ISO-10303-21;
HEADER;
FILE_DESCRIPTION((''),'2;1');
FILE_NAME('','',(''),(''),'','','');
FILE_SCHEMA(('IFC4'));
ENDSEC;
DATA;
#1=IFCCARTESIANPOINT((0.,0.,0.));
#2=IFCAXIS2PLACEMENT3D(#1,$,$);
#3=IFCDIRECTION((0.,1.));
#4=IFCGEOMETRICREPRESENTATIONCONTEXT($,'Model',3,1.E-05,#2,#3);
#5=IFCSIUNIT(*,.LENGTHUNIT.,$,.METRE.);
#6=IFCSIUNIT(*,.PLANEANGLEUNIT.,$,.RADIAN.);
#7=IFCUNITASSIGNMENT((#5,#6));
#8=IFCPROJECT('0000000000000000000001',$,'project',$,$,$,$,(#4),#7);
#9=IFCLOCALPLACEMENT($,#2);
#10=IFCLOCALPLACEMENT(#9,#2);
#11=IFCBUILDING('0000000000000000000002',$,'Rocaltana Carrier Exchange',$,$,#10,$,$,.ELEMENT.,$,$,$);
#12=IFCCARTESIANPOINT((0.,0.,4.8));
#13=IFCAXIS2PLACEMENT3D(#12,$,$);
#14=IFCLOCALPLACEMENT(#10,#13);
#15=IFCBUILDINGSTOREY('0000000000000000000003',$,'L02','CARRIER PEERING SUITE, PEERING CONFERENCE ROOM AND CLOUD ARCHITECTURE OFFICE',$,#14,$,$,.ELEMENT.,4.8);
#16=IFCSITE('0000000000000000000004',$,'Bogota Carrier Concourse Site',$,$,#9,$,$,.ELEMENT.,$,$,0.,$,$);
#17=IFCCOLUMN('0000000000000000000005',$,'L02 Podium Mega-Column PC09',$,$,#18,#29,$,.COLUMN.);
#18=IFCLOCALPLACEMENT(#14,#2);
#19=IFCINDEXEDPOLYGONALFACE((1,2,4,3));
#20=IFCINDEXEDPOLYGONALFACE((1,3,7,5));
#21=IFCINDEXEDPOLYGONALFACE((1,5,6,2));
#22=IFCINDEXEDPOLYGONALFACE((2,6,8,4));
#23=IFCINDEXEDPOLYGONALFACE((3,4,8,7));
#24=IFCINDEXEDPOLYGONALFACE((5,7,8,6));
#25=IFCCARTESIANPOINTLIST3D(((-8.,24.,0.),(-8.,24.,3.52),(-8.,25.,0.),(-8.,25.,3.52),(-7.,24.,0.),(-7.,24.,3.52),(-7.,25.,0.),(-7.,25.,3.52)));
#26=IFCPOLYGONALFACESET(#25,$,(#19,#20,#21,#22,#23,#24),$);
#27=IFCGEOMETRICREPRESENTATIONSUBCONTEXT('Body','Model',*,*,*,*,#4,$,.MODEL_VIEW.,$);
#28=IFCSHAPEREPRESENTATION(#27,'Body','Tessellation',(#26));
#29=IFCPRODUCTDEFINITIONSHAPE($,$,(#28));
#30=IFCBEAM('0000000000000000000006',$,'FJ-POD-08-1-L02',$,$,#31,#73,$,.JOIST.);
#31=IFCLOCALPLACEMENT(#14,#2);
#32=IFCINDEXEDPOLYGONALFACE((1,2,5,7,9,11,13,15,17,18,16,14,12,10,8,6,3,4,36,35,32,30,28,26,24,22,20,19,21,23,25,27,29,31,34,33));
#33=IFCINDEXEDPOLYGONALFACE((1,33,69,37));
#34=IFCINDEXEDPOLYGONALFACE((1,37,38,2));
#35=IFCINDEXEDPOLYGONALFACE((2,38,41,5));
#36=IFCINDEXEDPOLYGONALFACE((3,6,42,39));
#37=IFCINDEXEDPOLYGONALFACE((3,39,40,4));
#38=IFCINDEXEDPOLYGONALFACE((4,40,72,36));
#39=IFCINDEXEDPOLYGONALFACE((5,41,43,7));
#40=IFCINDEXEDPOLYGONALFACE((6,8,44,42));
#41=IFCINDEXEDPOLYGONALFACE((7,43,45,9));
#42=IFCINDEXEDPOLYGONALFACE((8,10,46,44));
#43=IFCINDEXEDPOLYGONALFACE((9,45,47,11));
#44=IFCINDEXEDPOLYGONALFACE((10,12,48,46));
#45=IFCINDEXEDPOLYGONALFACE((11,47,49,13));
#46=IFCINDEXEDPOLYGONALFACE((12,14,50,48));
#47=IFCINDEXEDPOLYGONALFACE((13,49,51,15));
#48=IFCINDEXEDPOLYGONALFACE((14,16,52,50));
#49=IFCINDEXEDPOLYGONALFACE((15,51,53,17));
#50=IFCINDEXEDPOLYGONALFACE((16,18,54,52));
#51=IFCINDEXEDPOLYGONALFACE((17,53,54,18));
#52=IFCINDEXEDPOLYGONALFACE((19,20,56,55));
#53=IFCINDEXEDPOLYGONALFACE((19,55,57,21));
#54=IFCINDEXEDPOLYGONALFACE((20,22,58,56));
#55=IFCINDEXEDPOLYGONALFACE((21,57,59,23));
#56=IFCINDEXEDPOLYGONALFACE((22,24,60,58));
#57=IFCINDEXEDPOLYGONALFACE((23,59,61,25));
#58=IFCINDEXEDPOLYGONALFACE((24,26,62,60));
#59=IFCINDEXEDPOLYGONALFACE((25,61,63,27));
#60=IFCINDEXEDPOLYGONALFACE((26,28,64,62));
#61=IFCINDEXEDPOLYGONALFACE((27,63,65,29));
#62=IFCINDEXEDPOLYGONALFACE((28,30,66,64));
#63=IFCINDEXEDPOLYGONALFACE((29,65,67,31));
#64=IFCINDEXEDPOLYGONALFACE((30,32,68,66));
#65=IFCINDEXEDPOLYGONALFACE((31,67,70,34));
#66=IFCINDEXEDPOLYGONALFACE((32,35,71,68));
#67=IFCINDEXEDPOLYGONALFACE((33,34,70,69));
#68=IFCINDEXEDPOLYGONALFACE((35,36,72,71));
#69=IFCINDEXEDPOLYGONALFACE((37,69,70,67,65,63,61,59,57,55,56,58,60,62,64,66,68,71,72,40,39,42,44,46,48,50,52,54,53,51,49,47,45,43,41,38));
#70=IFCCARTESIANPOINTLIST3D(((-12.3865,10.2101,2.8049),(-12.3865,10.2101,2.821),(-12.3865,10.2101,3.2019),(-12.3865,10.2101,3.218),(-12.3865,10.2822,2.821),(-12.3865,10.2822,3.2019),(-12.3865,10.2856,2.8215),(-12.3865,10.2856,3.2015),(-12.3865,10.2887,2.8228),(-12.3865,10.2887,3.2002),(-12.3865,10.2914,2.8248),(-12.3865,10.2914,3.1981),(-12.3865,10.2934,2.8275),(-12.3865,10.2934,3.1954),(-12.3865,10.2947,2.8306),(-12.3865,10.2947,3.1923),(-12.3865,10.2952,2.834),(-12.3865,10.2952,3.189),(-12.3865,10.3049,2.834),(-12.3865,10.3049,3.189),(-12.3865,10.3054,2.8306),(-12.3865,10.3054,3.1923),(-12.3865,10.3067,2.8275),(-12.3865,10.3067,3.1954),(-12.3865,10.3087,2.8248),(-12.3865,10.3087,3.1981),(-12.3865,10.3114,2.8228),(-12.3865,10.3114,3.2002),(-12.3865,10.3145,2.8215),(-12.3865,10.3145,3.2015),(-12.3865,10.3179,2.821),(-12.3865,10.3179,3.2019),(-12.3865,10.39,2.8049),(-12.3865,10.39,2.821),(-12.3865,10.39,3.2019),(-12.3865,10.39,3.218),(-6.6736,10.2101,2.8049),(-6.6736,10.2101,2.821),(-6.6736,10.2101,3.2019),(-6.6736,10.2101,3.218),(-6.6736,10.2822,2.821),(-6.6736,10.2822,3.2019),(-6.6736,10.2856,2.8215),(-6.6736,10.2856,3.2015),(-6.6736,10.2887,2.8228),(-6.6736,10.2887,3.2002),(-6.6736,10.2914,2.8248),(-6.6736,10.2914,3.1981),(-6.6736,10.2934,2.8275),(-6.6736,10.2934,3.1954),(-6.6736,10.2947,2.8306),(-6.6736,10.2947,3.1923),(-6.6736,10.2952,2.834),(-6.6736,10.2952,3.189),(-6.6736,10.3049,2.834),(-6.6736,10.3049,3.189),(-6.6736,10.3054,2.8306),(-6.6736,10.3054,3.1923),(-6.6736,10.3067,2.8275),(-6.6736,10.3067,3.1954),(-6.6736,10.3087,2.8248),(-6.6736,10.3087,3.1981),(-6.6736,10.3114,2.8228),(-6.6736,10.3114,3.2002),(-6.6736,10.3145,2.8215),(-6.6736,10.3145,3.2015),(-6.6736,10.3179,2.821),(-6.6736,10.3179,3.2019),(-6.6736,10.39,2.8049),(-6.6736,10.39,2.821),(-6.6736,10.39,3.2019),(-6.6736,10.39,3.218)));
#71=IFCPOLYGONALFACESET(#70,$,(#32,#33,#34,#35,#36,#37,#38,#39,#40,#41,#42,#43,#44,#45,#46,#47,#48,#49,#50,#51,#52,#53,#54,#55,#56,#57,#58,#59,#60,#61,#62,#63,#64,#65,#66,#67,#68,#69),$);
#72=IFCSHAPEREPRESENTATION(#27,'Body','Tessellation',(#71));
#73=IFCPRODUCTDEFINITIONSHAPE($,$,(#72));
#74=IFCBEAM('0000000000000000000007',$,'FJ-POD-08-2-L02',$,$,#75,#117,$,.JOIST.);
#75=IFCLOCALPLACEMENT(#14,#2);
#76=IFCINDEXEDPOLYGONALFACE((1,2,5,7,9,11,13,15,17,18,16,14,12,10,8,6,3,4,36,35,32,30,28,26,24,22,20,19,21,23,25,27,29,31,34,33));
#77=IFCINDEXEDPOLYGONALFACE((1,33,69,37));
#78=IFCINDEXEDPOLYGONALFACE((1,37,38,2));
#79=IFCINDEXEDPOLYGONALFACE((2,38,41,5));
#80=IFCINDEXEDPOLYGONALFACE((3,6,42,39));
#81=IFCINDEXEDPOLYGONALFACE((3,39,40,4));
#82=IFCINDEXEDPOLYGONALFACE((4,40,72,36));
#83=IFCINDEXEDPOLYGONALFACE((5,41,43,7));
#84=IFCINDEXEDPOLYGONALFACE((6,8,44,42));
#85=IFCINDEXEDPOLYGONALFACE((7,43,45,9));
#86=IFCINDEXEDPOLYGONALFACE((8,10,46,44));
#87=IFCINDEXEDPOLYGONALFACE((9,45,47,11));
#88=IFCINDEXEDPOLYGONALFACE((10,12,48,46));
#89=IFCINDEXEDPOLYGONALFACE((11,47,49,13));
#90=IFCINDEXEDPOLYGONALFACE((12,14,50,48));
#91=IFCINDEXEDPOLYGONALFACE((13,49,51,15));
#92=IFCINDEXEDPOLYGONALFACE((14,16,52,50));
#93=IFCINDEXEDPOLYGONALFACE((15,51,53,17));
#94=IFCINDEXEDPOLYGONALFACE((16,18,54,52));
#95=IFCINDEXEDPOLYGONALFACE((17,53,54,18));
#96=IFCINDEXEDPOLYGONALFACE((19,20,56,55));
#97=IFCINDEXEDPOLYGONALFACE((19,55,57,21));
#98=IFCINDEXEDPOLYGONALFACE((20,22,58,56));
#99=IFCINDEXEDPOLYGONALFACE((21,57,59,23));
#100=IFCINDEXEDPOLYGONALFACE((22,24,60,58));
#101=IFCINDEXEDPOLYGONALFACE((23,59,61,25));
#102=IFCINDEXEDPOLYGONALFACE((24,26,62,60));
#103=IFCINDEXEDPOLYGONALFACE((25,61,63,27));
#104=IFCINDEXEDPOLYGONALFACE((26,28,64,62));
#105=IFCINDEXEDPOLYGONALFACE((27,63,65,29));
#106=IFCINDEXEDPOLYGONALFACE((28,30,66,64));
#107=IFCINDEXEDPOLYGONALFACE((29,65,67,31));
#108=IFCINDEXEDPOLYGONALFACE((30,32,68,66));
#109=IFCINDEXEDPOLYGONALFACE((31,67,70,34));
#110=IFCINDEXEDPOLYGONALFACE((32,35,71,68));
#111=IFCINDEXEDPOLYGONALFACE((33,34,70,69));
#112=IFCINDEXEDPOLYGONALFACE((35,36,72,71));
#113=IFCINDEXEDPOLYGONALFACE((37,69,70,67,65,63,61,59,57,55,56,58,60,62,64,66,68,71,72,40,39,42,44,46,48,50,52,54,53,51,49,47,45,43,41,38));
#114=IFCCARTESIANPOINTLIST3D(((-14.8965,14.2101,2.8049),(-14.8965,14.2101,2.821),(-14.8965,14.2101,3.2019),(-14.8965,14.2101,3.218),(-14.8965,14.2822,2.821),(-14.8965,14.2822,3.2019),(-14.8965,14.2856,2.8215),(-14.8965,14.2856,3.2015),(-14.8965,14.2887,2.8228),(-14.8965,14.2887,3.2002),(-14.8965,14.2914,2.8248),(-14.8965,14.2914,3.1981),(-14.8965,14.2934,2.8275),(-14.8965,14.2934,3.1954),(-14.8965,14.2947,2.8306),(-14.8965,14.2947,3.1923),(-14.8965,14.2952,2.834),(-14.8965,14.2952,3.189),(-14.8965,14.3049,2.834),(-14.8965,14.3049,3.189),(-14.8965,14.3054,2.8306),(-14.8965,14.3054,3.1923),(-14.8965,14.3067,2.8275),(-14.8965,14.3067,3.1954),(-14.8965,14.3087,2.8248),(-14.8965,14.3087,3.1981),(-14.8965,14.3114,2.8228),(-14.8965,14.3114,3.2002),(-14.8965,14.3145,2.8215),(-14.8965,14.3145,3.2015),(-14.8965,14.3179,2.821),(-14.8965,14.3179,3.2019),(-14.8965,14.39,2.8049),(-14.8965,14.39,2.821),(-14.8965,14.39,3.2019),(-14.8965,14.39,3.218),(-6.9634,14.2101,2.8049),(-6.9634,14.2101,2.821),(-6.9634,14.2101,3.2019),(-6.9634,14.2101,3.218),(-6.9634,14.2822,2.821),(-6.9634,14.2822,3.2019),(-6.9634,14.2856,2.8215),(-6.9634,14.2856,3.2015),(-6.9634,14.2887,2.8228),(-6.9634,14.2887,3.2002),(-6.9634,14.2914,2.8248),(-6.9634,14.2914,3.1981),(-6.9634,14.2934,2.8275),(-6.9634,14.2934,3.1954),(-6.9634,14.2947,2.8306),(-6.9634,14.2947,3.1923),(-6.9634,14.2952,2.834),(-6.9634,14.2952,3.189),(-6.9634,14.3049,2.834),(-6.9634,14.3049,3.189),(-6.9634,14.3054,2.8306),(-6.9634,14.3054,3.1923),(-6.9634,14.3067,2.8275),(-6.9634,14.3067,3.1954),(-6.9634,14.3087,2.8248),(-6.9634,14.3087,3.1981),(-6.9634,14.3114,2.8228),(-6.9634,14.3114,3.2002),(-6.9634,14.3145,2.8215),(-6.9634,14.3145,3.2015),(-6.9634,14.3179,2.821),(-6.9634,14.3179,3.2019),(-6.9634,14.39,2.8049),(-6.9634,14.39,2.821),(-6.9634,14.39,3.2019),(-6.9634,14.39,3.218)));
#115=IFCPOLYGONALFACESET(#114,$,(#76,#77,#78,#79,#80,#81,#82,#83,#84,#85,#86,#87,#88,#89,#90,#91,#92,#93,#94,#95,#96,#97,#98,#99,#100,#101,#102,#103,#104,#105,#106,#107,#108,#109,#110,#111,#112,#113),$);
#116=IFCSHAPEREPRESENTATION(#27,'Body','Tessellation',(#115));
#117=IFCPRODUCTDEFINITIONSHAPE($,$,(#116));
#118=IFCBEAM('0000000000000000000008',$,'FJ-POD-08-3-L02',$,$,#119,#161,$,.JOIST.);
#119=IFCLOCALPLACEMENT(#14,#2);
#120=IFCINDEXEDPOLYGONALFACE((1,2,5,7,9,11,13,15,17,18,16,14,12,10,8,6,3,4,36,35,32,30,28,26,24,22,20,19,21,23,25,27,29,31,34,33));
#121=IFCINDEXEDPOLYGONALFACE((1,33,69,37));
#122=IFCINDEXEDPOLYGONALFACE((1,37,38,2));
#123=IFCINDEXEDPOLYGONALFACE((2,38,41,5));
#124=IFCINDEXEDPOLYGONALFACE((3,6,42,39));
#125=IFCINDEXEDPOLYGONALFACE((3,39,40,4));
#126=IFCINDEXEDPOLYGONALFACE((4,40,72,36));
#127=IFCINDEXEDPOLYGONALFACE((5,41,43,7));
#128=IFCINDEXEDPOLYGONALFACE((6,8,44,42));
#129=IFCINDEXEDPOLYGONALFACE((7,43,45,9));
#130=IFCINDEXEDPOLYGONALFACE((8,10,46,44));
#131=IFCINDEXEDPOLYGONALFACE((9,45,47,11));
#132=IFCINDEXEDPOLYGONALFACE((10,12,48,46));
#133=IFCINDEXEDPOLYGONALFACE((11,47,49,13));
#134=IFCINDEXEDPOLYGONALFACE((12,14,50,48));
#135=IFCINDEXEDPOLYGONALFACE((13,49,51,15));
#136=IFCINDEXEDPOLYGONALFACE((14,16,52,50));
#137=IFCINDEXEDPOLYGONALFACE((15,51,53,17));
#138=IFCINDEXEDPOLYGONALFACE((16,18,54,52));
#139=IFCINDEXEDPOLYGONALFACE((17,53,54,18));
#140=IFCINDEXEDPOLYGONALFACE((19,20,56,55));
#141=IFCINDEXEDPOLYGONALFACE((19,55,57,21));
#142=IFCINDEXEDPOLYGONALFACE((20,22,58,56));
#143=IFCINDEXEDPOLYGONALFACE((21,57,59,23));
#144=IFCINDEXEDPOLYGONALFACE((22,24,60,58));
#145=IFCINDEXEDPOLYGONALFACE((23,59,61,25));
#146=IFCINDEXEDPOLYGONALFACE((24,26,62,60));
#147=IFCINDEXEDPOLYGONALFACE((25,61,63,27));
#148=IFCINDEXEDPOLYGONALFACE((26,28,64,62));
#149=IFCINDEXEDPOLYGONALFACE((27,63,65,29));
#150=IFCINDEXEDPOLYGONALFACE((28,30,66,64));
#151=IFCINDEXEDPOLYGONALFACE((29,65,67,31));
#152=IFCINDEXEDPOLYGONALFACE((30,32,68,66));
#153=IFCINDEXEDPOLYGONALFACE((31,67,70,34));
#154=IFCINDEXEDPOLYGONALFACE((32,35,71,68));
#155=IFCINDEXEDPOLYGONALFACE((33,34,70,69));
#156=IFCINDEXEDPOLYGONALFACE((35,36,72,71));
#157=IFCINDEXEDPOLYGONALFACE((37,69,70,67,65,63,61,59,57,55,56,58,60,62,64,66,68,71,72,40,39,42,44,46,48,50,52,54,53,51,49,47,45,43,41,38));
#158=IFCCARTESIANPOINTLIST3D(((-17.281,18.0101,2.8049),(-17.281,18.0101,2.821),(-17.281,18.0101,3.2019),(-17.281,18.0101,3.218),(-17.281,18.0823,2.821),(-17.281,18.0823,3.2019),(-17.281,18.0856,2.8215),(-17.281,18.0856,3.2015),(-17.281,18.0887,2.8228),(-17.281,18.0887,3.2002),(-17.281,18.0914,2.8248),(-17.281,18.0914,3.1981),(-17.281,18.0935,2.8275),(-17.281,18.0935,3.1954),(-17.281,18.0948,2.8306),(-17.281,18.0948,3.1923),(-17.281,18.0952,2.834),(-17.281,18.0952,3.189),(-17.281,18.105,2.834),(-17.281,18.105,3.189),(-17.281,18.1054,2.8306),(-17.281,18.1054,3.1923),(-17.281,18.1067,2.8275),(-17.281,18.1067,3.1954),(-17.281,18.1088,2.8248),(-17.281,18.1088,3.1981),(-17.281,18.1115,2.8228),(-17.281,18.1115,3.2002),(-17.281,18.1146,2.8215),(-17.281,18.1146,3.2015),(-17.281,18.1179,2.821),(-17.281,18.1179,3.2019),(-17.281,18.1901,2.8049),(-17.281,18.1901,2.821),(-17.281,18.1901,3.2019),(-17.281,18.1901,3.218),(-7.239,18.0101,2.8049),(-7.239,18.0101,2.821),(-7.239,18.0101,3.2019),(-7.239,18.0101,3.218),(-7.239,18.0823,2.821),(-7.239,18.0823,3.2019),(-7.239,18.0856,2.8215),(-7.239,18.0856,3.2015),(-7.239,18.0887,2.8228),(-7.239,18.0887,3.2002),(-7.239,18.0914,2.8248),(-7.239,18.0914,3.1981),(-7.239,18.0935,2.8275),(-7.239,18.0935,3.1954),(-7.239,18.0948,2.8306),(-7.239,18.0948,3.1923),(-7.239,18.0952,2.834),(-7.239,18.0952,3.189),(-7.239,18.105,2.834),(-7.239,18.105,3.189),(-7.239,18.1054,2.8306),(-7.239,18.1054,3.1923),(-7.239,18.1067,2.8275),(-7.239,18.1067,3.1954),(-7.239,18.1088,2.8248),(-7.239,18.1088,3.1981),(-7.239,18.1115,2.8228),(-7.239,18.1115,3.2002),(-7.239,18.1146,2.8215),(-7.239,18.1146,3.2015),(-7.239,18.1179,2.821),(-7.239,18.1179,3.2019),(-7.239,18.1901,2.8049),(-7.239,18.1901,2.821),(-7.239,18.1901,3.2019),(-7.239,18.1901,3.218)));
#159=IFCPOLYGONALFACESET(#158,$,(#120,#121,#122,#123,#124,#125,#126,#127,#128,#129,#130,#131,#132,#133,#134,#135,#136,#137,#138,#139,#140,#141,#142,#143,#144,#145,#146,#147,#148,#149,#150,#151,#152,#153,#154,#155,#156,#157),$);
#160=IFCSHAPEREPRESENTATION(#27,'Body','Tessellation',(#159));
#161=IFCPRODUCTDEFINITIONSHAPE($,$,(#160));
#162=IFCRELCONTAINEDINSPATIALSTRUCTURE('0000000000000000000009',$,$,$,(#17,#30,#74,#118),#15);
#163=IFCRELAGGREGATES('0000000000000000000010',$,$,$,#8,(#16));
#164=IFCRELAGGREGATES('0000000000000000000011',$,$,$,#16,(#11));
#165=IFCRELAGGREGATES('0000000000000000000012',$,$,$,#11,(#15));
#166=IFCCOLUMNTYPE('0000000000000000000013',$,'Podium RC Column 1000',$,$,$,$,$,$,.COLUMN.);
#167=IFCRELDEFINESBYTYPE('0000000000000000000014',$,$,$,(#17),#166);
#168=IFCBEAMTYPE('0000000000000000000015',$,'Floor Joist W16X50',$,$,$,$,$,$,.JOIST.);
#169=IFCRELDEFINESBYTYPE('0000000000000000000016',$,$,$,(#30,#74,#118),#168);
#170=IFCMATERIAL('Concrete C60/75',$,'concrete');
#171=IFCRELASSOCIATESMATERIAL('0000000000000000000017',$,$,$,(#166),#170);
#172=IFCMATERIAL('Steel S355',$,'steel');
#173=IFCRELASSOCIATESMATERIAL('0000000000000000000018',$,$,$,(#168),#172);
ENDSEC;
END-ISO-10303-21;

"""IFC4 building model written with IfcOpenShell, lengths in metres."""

from ifc_helpers import new_model, si_unit, direction, frame, origin, origin_2d, place, context, subcontext, project, spatial, rectangle, i_section, extrude, material, material_profile, profile_set, type_object, element, save


model = new_model("IFC4")

# Units and contexts
model_context = context("Model", 3, precision=1e-05, world=origin(), true_north=direction((0.0, 1.0)))
body_context = subcontext(model_context, "Body", "Model", "MODEL_VIEW")
ifc_project = project(units=[si_unit("LENGTHUNIT", "METRE"), si_unit("PLANEANGLEUNIT", "RADIAN")], contexts=[model_context])

# Site, building, storey
site_placement = place(None, origin())
site = spatial("IfcSite", under=ifc_project, at=site_placement, Name="Bogota Carrier Concourse Site", CompositionType="ELEMENT", RefElevation=0.0)
building_placement = place(site_placement, origin())
building = spatial("IfcBuilding", under=site, at=building_placement, Name="Rocaltana Carrier Exchange", CompositionType="ELEMENT")
storey_placement = place(building_placement, frame((0.0, 0.0, 4.8)))
storey = spatial("IfcBuildingStorey", under=building, at=storey_placement, Name="L02", Description="CARRIER PEERING SUITE, PEERING CONFERENCE ROOM AND CLOUD ARCHITECTURE OFFICE", CompositionType="ELEMENT", Elevation=4.8)

# Column
ifc_material_1 = material(Name="Concrete C60/75", Category="concrete")
ifc_material_profile_1 = material_profile(ifc_material_1, rectangle(XDim=1.0, YDim=1.0, at=origin_2d()), Name="RC-COL-1000X1000")
ifc_profile_set_1 = profile_set([ifc_material_profile_1], Name="Concrete C60/75")
column_type = type_object("IfcColumnType", Name="Podium RC Column 1000", PredefinedType="COLUMN", material=ifc_profile_set_1)
column_placement = place(storey_placement, frame((-7.5, 24.5, 0.0), z_axis=(0.0, 0.0, 1.0), x_axis=(1.0, 0.0, 0.0)))
element("IfcColumn", 1, at=column_placement, inside=storey, type_object=column_type, Name="L02 Podium Mega-Column PC09", PredefinedType="COLUMN", context=body_context, shape_type="SweptSolid", body=[
    extrude(rectangle(XDim=1.0, YDim=1.0, at=origin_2d()), origin(), (0.0, 0.0, 1.0), 3.52),
])

# Beams
ifc_material_2 = material(Name="Steel S355", Category="steel")
ifc_material_profile_2 = material_profile(ifc_material_2, i_section(OverallWidth=0.1799, OverallDepth=0.4131, WebThickness=0.0098, FlangeThickness=0.0161, FilletRadius=0.0129, at=origin_2d()), Name="W16X50")
ifc_profile_set_2 = profile_set([ifc_material_profile_2], Name="Steel S355")
beam_type_1 = type_object("IfcBeamType", Name="Floor Joist W16X50", PredefinedType="JOIST", material=ifc_profile_set_2)
beam_1_placement = place(storey_placement, frame((-6.6736, 10.3, 3.0115), z_axis=(-1.0, 0.0, 0.0), x_axis=(0.0, -1.0, 0.0)))
element("IfcBeam", 2, at=beam_1_placement, inside=storey, type_object=beam_type_1, Name="FJ-POD-08-1-L02", PredefinedType="JOIST", context=body_context, shape_type="SweptSolid", body=[
    extrude(i_section(OverallWidth=0.1799, OverallDepth=0.4131, WebThickness=0.0098, FlangeThickness=0.0161, FilletRadius=0.0129, at=origin_2d()), origin(), (0.0, 0.0, 1.0), 5.7129),
])
beam_2_placement = place(storey_placement, frame((-6.9634, 14.3, 3.0115), z_axis=(-1.0, 0.0, 0.0), x_axis=(0.0, -1.0, 0.0)))
element("IfcBeam", 3, at=beam_2_placement, inside=storey, type_object=beam_type_1, Name="FJ-POD-08-2-L02", PredefinedType="JOIST", context=body_context, shape_type="SweptSolid", body=[
    extrude(i_section(OverallWidth=0.1799, OverallDepth=0.4131, WebThickness=0.0098, FlangeThickness=0.0161, FilletRadius=0.0129, at=origin_2d()), origin(), (0.0, 0.0, 1.0), 7.9331),
])
beam_3_placement = place(storey_placement, frame((-7.239, 18.1001, 3.0115), z_axis=(-1.0, 0.0, 0.0), x_axis=(0.0, -1.0, 0.0)))
element("IfcBeam", 4, at=beam_3_placement, inside=storey, type_object=beam_type_1, Name="FJ-POD-08-3-L02", PredefinedType="JOIST", context=body_context, shape_type="SweptSolid", body=[
    extrude(i_section(OverallWidth=0.1799, OverallDepth=0.4131, WebThickness=0.0098, FlangeThickness=0.0161, FilletRadius=0.0129, at=origin_2d()), origin(), (0.0, 0.0, 1.0), 10.042),
])

save(model, "model.ifc")
